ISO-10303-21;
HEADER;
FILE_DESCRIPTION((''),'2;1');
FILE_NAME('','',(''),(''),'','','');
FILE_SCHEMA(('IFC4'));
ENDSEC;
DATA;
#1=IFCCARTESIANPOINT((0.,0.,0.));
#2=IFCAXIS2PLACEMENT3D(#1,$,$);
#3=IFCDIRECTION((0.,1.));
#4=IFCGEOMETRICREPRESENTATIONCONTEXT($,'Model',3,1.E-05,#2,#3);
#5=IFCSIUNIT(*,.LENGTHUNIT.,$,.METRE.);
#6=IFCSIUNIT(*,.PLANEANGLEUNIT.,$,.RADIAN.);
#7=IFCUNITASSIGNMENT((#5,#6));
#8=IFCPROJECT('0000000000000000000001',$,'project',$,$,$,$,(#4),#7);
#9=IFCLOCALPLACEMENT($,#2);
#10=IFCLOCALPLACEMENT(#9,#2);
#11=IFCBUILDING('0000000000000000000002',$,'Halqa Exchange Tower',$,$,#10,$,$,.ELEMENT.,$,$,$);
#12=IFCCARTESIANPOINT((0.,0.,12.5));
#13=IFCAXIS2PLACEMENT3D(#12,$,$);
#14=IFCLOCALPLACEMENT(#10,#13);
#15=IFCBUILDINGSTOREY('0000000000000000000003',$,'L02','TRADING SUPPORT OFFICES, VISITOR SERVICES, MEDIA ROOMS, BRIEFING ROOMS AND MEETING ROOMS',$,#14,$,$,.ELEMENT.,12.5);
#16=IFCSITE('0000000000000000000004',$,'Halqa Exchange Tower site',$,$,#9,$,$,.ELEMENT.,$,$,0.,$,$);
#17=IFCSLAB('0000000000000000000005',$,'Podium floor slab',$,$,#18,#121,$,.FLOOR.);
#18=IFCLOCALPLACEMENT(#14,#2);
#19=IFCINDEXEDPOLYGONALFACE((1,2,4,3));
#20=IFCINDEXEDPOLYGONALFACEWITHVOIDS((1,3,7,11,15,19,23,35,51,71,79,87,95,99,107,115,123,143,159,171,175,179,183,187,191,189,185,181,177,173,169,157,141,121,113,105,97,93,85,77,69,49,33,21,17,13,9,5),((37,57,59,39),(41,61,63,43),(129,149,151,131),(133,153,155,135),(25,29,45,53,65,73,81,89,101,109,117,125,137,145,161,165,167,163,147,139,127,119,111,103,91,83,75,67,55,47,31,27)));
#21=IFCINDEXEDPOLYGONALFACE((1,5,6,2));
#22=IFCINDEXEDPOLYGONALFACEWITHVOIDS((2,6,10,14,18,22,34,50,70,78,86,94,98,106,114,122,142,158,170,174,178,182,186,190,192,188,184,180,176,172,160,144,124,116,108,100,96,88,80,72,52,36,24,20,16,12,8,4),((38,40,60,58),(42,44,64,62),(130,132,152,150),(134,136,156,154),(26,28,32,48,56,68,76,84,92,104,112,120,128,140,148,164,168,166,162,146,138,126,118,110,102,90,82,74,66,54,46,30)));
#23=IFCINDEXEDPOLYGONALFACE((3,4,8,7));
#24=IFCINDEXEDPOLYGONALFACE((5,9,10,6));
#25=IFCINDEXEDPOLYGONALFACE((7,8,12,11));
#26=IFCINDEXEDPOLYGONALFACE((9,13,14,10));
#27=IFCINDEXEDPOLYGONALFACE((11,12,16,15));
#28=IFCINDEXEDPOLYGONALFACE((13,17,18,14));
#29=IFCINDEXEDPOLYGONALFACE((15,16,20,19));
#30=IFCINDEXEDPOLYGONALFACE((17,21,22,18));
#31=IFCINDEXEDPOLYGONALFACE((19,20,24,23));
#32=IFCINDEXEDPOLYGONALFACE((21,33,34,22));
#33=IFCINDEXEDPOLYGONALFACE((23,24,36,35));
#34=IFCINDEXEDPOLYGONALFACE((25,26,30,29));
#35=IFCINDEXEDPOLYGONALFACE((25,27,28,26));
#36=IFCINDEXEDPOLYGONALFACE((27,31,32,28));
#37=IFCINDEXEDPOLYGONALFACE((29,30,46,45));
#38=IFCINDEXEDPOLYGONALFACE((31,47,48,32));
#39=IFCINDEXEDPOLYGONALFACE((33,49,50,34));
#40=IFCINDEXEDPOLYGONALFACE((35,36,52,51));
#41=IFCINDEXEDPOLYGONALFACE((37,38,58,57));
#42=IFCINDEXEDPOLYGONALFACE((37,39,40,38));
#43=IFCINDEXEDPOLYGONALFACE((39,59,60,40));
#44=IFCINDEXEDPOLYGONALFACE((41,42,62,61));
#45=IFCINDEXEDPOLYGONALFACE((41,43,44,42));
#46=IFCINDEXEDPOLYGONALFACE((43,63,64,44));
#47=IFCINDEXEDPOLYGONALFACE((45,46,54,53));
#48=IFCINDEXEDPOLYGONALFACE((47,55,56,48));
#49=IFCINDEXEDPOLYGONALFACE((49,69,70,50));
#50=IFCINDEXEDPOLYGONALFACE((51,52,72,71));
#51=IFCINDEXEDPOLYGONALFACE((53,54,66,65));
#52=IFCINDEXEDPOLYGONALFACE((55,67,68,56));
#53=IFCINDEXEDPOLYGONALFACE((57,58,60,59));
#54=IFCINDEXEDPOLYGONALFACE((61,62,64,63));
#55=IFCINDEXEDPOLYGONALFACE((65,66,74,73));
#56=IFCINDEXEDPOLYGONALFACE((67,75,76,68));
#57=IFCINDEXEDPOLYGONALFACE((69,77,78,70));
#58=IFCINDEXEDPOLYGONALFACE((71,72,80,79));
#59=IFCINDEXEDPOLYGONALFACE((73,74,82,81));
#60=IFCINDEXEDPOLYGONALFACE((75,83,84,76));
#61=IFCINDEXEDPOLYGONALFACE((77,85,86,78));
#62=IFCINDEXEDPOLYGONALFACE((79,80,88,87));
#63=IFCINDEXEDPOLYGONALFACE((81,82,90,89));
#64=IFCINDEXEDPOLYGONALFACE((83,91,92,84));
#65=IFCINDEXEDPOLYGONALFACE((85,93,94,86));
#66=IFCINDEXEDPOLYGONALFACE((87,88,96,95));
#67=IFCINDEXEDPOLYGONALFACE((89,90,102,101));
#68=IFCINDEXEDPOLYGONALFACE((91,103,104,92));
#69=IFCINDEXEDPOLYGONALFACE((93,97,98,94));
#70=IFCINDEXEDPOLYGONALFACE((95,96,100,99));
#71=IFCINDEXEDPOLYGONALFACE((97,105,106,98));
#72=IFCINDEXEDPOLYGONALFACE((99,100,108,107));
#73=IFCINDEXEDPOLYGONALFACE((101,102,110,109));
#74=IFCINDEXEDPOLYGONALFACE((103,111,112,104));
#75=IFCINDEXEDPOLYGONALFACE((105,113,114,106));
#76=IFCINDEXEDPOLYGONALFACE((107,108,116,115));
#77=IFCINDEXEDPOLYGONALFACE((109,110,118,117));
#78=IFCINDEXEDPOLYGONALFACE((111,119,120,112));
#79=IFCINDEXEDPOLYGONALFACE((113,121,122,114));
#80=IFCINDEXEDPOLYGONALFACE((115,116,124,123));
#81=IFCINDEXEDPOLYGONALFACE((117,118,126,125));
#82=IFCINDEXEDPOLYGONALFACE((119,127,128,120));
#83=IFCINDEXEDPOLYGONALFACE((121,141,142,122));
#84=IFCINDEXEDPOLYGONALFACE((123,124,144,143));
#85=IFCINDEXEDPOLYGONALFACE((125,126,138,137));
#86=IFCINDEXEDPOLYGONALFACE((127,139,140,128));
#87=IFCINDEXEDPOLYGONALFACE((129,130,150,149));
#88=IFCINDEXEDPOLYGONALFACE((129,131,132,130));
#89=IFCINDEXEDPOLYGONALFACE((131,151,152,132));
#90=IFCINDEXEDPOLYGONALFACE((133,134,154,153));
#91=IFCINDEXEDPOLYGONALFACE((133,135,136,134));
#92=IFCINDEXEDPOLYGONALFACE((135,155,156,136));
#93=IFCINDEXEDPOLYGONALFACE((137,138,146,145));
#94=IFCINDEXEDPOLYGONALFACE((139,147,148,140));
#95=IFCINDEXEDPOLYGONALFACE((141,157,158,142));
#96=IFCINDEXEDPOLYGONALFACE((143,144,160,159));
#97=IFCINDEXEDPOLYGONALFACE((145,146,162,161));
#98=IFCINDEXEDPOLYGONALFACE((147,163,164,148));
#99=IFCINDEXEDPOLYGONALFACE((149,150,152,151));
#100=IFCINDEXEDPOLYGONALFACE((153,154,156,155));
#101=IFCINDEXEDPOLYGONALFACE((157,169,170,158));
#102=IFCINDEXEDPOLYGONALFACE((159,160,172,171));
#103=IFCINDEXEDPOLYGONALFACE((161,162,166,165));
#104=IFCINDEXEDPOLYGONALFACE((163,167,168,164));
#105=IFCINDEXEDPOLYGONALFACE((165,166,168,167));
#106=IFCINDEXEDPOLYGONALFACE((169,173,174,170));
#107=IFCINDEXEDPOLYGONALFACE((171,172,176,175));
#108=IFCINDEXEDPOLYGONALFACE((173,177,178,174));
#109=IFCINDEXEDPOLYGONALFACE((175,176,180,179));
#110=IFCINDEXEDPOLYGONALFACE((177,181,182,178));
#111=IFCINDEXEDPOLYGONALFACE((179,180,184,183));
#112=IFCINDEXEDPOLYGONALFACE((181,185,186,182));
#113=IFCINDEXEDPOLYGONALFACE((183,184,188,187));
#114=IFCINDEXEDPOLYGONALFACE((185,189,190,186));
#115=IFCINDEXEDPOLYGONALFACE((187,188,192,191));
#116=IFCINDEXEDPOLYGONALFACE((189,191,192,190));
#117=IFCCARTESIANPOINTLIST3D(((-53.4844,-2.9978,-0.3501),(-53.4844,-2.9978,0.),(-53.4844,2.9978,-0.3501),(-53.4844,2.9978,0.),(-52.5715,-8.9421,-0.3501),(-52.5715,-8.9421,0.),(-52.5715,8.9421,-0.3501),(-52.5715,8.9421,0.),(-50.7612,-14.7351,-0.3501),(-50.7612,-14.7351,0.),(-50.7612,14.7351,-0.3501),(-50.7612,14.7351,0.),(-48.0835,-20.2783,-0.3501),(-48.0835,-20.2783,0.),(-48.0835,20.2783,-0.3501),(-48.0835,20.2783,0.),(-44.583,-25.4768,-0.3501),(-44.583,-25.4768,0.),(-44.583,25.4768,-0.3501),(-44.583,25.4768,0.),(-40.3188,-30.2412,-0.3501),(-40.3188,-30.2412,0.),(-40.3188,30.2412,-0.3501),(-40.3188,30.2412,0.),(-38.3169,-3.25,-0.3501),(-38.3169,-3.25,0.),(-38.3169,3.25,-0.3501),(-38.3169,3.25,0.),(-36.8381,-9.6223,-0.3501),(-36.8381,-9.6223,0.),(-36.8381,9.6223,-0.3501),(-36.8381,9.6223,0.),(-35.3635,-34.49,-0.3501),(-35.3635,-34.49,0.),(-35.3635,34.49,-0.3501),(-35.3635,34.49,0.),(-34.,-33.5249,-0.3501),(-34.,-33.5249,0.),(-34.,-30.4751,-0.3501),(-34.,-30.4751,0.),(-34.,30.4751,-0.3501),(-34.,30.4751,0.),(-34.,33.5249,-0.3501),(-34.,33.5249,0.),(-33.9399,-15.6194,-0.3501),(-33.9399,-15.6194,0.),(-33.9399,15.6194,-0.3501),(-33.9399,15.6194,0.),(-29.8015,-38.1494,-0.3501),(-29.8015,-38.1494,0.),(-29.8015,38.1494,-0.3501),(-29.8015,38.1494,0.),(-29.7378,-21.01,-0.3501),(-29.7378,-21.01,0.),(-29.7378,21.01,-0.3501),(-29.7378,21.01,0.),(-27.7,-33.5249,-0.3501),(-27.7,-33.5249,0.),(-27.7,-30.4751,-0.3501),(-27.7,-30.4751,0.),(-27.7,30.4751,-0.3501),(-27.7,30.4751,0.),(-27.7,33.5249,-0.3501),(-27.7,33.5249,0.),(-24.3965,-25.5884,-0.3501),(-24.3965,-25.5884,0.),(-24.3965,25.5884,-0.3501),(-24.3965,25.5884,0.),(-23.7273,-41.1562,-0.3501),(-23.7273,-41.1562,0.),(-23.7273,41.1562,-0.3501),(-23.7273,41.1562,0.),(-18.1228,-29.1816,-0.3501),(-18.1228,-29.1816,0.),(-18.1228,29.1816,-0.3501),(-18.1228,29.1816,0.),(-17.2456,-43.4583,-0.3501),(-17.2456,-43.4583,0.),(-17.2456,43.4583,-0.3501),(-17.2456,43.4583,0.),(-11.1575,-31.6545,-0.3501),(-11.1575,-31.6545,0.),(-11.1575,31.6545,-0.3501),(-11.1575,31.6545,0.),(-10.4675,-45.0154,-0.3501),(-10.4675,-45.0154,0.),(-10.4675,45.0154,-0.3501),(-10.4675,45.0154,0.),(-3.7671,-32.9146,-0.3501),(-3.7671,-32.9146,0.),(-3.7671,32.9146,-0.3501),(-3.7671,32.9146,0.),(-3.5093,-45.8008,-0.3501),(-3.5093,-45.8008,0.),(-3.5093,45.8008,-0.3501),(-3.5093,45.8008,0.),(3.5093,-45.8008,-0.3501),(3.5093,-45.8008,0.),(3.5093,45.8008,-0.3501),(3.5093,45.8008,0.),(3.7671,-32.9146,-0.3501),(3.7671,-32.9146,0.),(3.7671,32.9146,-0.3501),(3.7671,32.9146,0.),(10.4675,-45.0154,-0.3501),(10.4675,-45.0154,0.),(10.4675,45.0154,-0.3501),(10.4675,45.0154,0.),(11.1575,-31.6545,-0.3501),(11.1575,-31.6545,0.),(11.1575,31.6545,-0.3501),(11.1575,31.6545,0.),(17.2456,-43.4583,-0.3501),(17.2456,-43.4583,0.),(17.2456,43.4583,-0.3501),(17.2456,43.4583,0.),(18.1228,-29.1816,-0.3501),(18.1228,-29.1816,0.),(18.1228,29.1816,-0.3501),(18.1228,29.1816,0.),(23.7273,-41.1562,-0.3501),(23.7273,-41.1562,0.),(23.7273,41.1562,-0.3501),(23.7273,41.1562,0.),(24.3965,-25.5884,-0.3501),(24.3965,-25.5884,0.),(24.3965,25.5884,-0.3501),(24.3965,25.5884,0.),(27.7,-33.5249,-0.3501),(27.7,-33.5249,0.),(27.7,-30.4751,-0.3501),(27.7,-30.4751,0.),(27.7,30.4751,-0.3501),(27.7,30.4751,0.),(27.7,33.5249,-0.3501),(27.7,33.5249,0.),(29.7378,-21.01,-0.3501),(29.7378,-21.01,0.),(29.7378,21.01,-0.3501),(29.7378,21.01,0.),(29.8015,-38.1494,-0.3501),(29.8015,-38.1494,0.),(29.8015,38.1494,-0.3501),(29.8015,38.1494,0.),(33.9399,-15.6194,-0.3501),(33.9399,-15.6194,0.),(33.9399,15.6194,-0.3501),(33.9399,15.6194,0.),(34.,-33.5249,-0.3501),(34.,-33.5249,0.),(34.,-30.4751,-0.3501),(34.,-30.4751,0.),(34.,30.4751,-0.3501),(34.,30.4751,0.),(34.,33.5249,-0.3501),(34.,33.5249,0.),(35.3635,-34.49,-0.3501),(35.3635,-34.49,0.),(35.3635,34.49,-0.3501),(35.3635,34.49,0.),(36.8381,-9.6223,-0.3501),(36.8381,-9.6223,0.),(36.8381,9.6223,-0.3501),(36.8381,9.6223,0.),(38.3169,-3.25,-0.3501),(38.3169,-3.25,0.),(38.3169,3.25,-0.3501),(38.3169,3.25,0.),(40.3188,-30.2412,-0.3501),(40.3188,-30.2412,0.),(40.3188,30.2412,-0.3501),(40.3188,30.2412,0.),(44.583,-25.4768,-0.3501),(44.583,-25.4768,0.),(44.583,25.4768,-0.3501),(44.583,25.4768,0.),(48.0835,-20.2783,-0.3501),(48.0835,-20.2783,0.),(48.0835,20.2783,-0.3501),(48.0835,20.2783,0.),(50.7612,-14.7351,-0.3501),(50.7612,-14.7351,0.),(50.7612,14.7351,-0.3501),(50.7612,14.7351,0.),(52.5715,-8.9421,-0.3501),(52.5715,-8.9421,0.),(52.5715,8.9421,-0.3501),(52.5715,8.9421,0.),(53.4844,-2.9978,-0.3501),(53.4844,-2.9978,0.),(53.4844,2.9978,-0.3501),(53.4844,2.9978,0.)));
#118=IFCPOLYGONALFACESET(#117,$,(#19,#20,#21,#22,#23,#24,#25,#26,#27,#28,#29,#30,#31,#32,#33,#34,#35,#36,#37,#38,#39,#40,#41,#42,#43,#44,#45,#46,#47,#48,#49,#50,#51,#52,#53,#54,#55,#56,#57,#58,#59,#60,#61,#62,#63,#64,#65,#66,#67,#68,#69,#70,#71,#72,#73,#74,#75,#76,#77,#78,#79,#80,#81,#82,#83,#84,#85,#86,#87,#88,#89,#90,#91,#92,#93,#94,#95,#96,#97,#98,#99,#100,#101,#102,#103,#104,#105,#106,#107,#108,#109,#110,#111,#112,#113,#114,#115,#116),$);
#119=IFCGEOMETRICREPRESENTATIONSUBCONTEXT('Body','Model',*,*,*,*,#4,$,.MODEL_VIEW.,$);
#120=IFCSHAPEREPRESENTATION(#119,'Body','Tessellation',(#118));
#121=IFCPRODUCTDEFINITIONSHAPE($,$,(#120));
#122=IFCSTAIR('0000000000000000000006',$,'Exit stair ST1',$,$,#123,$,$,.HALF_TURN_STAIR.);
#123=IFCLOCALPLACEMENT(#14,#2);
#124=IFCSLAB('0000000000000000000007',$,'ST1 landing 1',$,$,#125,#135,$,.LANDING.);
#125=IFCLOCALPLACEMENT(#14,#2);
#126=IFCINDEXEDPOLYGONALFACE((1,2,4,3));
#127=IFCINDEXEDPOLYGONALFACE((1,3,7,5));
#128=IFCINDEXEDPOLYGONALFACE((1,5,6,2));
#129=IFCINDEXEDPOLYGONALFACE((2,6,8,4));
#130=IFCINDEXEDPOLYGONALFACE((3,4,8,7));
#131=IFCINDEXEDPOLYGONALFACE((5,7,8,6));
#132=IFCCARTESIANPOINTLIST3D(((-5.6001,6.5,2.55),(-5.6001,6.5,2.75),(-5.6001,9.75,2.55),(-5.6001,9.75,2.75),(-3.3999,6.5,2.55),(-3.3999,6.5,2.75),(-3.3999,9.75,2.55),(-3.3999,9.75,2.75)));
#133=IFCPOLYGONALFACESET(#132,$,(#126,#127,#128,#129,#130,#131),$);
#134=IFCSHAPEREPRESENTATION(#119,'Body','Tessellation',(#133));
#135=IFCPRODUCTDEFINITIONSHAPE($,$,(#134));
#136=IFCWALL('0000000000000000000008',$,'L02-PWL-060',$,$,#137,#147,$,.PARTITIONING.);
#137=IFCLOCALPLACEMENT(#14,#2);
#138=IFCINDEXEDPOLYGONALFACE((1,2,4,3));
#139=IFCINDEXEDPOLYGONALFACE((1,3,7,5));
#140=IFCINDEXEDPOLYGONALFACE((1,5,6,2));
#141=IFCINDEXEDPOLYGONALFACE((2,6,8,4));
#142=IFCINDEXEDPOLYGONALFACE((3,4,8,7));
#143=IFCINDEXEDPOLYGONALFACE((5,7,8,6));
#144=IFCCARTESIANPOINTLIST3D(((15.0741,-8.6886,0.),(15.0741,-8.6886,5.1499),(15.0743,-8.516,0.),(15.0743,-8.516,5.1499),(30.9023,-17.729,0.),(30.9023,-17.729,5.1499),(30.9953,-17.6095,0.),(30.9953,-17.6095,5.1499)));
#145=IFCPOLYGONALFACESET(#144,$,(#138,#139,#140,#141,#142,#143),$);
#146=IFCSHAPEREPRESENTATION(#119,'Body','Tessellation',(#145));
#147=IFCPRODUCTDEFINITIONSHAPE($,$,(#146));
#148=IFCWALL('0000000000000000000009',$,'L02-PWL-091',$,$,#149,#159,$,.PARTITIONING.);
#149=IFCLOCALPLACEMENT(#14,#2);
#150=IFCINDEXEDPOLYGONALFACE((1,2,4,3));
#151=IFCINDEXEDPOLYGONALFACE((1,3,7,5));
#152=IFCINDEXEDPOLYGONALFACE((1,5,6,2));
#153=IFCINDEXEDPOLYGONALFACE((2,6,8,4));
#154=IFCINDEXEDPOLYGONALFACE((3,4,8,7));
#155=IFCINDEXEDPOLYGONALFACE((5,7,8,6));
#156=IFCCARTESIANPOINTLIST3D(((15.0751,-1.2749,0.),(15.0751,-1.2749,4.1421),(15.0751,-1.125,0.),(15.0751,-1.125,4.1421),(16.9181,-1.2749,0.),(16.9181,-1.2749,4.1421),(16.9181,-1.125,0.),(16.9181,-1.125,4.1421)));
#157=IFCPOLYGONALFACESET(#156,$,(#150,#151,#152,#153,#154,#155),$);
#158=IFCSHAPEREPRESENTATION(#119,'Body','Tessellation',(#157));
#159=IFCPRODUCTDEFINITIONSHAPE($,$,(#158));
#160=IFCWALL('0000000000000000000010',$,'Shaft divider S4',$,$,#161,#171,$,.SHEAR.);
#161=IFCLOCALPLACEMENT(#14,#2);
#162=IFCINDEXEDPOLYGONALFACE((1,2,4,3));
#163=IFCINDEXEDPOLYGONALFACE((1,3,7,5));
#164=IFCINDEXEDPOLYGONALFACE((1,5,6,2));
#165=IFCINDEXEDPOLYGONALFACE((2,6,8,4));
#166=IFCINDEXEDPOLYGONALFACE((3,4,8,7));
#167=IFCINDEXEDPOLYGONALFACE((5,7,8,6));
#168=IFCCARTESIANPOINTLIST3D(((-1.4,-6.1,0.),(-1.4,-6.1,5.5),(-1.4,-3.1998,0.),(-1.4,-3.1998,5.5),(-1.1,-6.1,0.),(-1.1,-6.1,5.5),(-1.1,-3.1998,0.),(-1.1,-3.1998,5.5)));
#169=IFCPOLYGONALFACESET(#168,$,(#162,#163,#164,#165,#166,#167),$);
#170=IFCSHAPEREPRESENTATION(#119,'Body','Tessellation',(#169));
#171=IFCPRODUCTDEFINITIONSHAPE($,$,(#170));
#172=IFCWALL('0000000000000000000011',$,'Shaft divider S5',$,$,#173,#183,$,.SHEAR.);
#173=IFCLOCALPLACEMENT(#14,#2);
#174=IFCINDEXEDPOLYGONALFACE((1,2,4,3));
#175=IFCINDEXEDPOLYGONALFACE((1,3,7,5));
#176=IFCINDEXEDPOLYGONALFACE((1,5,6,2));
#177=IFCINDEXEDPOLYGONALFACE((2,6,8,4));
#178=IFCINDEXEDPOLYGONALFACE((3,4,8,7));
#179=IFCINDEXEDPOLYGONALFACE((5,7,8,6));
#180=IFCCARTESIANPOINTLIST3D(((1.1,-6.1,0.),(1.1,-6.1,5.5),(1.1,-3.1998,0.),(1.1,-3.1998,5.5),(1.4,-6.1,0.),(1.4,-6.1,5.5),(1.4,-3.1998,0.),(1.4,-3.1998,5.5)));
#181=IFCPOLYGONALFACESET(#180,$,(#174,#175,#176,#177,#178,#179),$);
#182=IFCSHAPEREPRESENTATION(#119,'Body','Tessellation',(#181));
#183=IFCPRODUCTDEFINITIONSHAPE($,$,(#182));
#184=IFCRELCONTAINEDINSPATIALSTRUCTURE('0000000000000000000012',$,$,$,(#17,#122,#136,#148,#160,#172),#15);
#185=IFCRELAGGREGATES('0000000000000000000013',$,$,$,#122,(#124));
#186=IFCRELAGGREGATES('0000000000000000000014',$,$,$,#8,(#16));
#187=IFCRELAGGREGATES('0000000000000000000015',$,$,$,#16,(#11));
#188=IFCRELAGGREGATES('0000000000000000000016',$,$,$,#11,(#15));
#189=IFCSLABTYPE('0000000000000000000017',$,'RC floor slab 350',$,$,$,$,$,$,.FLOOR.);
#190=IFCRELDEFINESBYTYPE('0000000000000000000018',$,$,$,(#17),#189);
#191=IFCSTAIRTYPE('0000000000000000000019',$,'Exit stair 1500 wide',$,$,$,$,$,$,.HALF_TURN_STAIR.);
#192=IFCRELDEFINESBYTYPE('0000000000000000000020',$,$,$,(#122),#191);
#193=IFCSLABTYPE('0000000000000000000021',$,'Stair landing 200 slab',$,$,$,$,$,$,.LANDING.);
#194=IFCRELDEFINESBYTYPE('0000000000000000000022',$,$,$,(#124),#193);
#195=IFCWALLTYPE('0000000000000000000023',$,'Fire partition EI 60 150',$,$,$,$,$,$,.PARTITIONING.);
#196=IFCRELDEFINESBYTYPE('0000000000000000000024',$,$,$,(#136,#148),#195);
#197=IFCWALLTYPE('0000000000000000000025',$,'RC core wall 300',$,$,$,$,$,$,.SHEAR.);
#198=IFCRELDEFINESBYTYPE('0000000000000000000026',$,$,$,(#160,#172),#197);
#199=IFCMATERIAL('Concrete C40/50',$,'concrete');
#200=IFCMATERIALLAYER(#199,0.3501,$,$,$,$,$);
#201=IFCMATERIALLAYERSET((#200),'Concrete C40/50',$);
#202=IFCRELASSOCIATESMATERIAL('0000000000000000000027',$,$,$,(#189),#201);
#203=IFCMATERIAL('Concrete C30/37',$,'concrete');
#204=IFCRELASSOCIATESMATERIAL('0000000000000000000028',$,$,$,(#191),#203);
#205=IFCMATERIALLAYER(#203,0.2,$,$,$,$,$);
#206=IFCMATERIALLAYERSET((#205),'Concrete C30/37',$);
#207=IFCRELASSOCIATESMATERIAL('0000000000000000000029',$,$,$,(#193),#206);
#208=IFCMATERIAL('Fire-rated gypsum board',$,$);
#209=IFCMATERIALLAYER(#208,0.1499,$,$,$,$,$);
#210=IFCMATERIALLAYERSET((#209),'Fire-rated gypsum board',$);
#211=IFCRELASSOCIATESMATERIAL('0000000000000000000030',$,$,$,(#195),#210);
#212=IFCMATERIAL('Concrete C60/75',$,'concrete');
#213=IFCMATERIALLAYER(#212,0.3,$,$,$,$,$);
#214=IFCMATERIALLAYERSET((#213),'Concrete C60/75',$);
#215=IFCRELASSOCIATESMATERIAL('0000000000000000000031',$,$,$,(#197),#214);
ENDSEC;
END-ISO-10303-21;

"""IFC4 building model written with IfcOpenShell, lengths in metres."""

from ifc_helpers import new_model, si_unit, direction, frame, frame_2d, origin, place, context, subcontext, project, spatial, polyline, rectangle, outline, extrude, material, layer, layer_set, type_object, element, aggregate, save


model = new_model("IFC4")

# Units and contexts
model_context = context("Model", 3, precision=1e-05, world=origin(), true_north=direction((0.0, 1.0)))
body_context = subcontext(model_context, "Body", "Model", "MODEL_VIEW")
ifc_project = project(units=[si_unit("LENGTHUNIT", "METRE"), si_unit("PLANEANGLEUNIT", "RADIAN")], contexts=[model_context])

# Site, building, storey
site_placement = place(None, origin())
site = spatial("IfcSite", under=ifc_project, at=site_placement, Name="Halqa Exchange Tower site", CompositionType="ELEMENT", RefElevation=0.0)
building_placement = place(site_placement, origin())
building = spatial("IfcBuilding", under=site, at=building_placement, Name="Halqa Exchange Tower", CompositionType="ELEMENT")
storey_placement = place(building_placement, frame((0.0, 0.0, 12.5)))
storey = spatial("IfcBuildingStorey", under=building, at=storey_placement, Name="L02", Description="TRADING SUPPORT OFFICES, VISITOR SERVICES, MEDIA ROOMS, BRIEFING ROOMS AND MEETING ROOMS", CompositionType="ELEMENT", Elevation=12.5)

# Slab
ifc_material_1 = material(Name="Concrete C60/75", Category="concrete")
ifc_material_2 = material(Name="Concrete C40/50", Category="concrete")
ifc_layer_1 = layer(ifc_material_2, 0.3501)
ifc_layer_set_1 = layer_set([ifc_layer_1], Name="Concrete C40/50")
slab_type_1 = type_object("IfcSlabType", Name="RC floor slab 350", PredefinedType="FLOOR", material=ifc_layer_set_1)
slab_1_placement = place(storey_placement, frame((0.0, 0.0, -0.3501)))
element("IfcSlab", 1, at=slab_1_placement, inside=storey, type_object=slab_type_1, Name="Podium floor slab", PredefinedType="FLOOR", context=body_context, shape_type="SweptSolid", body=[
    extrude(outline(polyline([(53.4844, 2.9978), (53.4844, -2.9978), (52.5715, -8.9421), (50.7612, -14.7351), (48.0835, -20.2783), (44.583, -25.4768), (40.3188, -30.2412), (35.3635, -34.49), (29.8015, -38.1494), (23.7273, -41.1562), (17.2456, -43.4583), (10.4675, -45.0154), (3.5093, -45.8008), (-3.5093, -45.8008), (-10.4675, -45.0154), (-17.2456, -43.4583), (-23.7273, -41.1562), (-29.8015, -38.1494), (-35.3635, -34.49), (-40.3188, -30.2412), (-44.583, -25.4768), (-48.0835, -20.2783), (-50.7612, -14.7351), (-52.5715, -8.9421), (-53.4844, -2.9978), (-53.4844, 2.9978), (-52.5715, 8.9421), (-50.7612, 14.7351), (-48.0835, 20.2783), (-44.583, 25.4768), (-40.3188, 30.2412), (-35.3635, 34.49), (-29.8015, 38.1494), (-23.7273, 41.1562), (-17.2456, 43.4583), (-10.4675, 45.0154), (-3.5093, 45.8008), (3.5093, 45.8008), (10.4675, 45.0154), (17.2456, 43.4583), (23.7273, 41.1562), (29.8015, 38.1494), (35.3635, 34.49), (40.3188, 30.2412), (44.583, 25.4768), (48.0835, 20.2783), (50.7612, 14.7351), (52.5715, 8.9421), (53.4844, 2.9978)]), holes=[polyline([(38.3169, 3.25), (38.3169, -3.25), (36.8381, -9.6223), (33.9399, -15.6194), (29.7378, -21.01), (24.3965, -25.5884), (18.1228, -29.1816), (11.1575, -31.6545), (3.7671, -32.9146), (-3.7671, -32.9146), (-11.1575, -31.6545), (-18.1228, -29.1816), (-24.3965, -25.5884), (-29.7378, -21.01), (-33.9399, -15.6194), (-36.8381, -9.6223), (-38.3169, -3.25), (-38.3169, 3.25), (-36.8381, 9.6223), (-33.9399, 15.6194), (-29.7378, 21.01), (-24.3965, 25.5884), (-18.1228, 29.1816), (-11.1575, 31.6545), (-3.7671, 32.9146), (3.7671, 32.9146), (11.1575, 31.6545), (18.1228, 29.1816), (24.3965, 25.5884), (29.7378, 21.01), (33.9399, 15.6194), (36.8381, 9.6223), (38.3169, 3.25)]), polyline([(27.7, 30.4751), (34.0, 30.4751), (34.0, 33.5249), (27.7, 33.5249), (27.7, 30.4751)]), polyline([(27.7, -33.5249), (34.0, -33.5249), (34.0, -30.4751), (27.7, -30.4751), (27.7, -33.5249)]), polyline([(-34.0, 30.4751), (-27.7, 30.4751), (-27.7, 33.5249), (-34.0, 33.5249), (-34.0, 30.4751)]), polyline([(-34.0, -33.5249), (-27.7, -33.5249), (-27.7, -30.4751), (-34.0, -30.4751), (-34.0, -33.5249)])]), origin(), (0.0, 0.0, 1.0), 0.3501),
])

# Stair, slab
ifc_material_3 = material(Name="Concrete C30/37", Category="concrete")
stair_type = type_object("IfcStairType", Name="Exit stair 1500 wide", PredefinedType="HALF_TURN_STAIR", material=ifc_material_3)
stair_1_placement = place(storey_placement, origin())
stair_1 = element("IfcStair", 2, at=stair_1_placement, inside=storey, type_object=stair_type, Name="Exit stair ST1", PredefinedType="HALF_TURN_STAIR")
ifc_layer_2 = layer(ifc_material_3, 0.2)
ifc_layer_set_2 = layer_set([ifc_layer_2], Name="Concrete C30/37")
slab_type_2 = type_object("IfcSlabType", Name="Stair landing 200 slab", PredefinedType="LANDING", material=ifc_layer_set_2)
slab_2_placement = place(storey_placement, frame((0.0, 0.0, 2.55)))
slab_2 = element("IfcSlab", 3, at=slab_2_placement, type_object=slab_type_2, Name="ST1 landing 1", PredefinedType="LANDING", context=body_context, shape_type="SweptSolid", body=[
    extrude(outline(polyline([(-5.6001, 6.5), (-3.3999, 6.5), (-3.3999, 9.75), (-5.6001, 9.75), (-5.6001, 6.5)])), origin(), (0.0, 0.0, 1.0), 0.2),
])
aggregate(stair_1, [slab_2])

# Walls
ifc_material_4 = material(Name="Fire-rated gypsum board")
ifc_layer_3 = layer(ifc_material_4, 0.1499)
ifc_layer_set_3 = layer_set([ifc_layer_3], Name="Fire-rated gypsum board")
wall_type_1 = type_object("IfcWallType", Name="Fire partition EI 60 150", PredefinedType="PARTITIONING", material=ifc_layer_set_3)
wall_1_placement = place(storey_placement, frame((15.0742, -8.6023, 0.0), z_axis=(0.0, 0.0, 1.0), x_axis=(0.868343, -0.495963, 0.0)))
element("IfcWall", 4, at=wall_1_placement, inside=storey, type_object=wall_type_1, Name="L02-PWL-060", PredefinedType="PARTITIONING", context=body_context, shape_type="SweptSolid", body=[
    extrude(outline(polyline([(0.0427, -0.075), (18.2708, -0.075), (18.2922, 0.075), (-0.0427, 0.075), (0.0427, -0.075)])), origin(), (0.0, 0.0, 1.0), 5.1499),
])
wall_2_placement = place(storey_placement, frame((16.918, -1.2, 0.0), z_axis=(0.0, 0.0, 1.0), x_axis=(-1.0, 0.0, 0.0)))
element("IfcWall", 5, at=wall_2_placement, inside=storey, type_object=wall_type_1, Name="L02-PWL-091", PredefinedType="PARTITIONING", context=body_context, shape_type="SweptSolid", body=[
    extrude(rectangle(XDim=1.843, YDim=0.1499, at=frame_2d((0.9214, 0.0))), origin(), (0.0, 0.0, 1.0), 4.1421),
])
ifc_layer_4 = layer(ifc_material_1, 0.3)
ifc_layer_set_4 = layer_set([ifc_layer_4], Name="Concrete C60/75")
wall_type_2 = type_object("IfcWallType", Name="RC core wall 300", PredefinedType="SHEAR", material=ifc_layer_set_4)
for number, where, z_axis, x_axis, name in (
    (6, (-1.25, -6.1001, 0.0), (0.0, 0.0, 1.0), (0.0, 1.0, 0.0), "Shaft divider S4"),
    (7, (1.25, -6.1001, 0.0), (0.0, 0.0, 1.0), (0.0, 1.0, 0.0), "Shaft divider S5"),
):
    element("IfcWall", number, at=place(storey_placement, frame(where, z_axis=z_axis, x_axis=x_axis)), inside=storey, type_object=wall_type_2, Name=name, PredefinedType="SHEAR", context=body_context, shape_type="SweptSolid", body=[
        extrude(rectangle(XDim=2.9001, YDim=0.3, at=frame_2d((1.4502, 0.0))), origin(), (0.0, 0.0, 1.0), 5.5),
    ])

save(model, "model.ifc")
